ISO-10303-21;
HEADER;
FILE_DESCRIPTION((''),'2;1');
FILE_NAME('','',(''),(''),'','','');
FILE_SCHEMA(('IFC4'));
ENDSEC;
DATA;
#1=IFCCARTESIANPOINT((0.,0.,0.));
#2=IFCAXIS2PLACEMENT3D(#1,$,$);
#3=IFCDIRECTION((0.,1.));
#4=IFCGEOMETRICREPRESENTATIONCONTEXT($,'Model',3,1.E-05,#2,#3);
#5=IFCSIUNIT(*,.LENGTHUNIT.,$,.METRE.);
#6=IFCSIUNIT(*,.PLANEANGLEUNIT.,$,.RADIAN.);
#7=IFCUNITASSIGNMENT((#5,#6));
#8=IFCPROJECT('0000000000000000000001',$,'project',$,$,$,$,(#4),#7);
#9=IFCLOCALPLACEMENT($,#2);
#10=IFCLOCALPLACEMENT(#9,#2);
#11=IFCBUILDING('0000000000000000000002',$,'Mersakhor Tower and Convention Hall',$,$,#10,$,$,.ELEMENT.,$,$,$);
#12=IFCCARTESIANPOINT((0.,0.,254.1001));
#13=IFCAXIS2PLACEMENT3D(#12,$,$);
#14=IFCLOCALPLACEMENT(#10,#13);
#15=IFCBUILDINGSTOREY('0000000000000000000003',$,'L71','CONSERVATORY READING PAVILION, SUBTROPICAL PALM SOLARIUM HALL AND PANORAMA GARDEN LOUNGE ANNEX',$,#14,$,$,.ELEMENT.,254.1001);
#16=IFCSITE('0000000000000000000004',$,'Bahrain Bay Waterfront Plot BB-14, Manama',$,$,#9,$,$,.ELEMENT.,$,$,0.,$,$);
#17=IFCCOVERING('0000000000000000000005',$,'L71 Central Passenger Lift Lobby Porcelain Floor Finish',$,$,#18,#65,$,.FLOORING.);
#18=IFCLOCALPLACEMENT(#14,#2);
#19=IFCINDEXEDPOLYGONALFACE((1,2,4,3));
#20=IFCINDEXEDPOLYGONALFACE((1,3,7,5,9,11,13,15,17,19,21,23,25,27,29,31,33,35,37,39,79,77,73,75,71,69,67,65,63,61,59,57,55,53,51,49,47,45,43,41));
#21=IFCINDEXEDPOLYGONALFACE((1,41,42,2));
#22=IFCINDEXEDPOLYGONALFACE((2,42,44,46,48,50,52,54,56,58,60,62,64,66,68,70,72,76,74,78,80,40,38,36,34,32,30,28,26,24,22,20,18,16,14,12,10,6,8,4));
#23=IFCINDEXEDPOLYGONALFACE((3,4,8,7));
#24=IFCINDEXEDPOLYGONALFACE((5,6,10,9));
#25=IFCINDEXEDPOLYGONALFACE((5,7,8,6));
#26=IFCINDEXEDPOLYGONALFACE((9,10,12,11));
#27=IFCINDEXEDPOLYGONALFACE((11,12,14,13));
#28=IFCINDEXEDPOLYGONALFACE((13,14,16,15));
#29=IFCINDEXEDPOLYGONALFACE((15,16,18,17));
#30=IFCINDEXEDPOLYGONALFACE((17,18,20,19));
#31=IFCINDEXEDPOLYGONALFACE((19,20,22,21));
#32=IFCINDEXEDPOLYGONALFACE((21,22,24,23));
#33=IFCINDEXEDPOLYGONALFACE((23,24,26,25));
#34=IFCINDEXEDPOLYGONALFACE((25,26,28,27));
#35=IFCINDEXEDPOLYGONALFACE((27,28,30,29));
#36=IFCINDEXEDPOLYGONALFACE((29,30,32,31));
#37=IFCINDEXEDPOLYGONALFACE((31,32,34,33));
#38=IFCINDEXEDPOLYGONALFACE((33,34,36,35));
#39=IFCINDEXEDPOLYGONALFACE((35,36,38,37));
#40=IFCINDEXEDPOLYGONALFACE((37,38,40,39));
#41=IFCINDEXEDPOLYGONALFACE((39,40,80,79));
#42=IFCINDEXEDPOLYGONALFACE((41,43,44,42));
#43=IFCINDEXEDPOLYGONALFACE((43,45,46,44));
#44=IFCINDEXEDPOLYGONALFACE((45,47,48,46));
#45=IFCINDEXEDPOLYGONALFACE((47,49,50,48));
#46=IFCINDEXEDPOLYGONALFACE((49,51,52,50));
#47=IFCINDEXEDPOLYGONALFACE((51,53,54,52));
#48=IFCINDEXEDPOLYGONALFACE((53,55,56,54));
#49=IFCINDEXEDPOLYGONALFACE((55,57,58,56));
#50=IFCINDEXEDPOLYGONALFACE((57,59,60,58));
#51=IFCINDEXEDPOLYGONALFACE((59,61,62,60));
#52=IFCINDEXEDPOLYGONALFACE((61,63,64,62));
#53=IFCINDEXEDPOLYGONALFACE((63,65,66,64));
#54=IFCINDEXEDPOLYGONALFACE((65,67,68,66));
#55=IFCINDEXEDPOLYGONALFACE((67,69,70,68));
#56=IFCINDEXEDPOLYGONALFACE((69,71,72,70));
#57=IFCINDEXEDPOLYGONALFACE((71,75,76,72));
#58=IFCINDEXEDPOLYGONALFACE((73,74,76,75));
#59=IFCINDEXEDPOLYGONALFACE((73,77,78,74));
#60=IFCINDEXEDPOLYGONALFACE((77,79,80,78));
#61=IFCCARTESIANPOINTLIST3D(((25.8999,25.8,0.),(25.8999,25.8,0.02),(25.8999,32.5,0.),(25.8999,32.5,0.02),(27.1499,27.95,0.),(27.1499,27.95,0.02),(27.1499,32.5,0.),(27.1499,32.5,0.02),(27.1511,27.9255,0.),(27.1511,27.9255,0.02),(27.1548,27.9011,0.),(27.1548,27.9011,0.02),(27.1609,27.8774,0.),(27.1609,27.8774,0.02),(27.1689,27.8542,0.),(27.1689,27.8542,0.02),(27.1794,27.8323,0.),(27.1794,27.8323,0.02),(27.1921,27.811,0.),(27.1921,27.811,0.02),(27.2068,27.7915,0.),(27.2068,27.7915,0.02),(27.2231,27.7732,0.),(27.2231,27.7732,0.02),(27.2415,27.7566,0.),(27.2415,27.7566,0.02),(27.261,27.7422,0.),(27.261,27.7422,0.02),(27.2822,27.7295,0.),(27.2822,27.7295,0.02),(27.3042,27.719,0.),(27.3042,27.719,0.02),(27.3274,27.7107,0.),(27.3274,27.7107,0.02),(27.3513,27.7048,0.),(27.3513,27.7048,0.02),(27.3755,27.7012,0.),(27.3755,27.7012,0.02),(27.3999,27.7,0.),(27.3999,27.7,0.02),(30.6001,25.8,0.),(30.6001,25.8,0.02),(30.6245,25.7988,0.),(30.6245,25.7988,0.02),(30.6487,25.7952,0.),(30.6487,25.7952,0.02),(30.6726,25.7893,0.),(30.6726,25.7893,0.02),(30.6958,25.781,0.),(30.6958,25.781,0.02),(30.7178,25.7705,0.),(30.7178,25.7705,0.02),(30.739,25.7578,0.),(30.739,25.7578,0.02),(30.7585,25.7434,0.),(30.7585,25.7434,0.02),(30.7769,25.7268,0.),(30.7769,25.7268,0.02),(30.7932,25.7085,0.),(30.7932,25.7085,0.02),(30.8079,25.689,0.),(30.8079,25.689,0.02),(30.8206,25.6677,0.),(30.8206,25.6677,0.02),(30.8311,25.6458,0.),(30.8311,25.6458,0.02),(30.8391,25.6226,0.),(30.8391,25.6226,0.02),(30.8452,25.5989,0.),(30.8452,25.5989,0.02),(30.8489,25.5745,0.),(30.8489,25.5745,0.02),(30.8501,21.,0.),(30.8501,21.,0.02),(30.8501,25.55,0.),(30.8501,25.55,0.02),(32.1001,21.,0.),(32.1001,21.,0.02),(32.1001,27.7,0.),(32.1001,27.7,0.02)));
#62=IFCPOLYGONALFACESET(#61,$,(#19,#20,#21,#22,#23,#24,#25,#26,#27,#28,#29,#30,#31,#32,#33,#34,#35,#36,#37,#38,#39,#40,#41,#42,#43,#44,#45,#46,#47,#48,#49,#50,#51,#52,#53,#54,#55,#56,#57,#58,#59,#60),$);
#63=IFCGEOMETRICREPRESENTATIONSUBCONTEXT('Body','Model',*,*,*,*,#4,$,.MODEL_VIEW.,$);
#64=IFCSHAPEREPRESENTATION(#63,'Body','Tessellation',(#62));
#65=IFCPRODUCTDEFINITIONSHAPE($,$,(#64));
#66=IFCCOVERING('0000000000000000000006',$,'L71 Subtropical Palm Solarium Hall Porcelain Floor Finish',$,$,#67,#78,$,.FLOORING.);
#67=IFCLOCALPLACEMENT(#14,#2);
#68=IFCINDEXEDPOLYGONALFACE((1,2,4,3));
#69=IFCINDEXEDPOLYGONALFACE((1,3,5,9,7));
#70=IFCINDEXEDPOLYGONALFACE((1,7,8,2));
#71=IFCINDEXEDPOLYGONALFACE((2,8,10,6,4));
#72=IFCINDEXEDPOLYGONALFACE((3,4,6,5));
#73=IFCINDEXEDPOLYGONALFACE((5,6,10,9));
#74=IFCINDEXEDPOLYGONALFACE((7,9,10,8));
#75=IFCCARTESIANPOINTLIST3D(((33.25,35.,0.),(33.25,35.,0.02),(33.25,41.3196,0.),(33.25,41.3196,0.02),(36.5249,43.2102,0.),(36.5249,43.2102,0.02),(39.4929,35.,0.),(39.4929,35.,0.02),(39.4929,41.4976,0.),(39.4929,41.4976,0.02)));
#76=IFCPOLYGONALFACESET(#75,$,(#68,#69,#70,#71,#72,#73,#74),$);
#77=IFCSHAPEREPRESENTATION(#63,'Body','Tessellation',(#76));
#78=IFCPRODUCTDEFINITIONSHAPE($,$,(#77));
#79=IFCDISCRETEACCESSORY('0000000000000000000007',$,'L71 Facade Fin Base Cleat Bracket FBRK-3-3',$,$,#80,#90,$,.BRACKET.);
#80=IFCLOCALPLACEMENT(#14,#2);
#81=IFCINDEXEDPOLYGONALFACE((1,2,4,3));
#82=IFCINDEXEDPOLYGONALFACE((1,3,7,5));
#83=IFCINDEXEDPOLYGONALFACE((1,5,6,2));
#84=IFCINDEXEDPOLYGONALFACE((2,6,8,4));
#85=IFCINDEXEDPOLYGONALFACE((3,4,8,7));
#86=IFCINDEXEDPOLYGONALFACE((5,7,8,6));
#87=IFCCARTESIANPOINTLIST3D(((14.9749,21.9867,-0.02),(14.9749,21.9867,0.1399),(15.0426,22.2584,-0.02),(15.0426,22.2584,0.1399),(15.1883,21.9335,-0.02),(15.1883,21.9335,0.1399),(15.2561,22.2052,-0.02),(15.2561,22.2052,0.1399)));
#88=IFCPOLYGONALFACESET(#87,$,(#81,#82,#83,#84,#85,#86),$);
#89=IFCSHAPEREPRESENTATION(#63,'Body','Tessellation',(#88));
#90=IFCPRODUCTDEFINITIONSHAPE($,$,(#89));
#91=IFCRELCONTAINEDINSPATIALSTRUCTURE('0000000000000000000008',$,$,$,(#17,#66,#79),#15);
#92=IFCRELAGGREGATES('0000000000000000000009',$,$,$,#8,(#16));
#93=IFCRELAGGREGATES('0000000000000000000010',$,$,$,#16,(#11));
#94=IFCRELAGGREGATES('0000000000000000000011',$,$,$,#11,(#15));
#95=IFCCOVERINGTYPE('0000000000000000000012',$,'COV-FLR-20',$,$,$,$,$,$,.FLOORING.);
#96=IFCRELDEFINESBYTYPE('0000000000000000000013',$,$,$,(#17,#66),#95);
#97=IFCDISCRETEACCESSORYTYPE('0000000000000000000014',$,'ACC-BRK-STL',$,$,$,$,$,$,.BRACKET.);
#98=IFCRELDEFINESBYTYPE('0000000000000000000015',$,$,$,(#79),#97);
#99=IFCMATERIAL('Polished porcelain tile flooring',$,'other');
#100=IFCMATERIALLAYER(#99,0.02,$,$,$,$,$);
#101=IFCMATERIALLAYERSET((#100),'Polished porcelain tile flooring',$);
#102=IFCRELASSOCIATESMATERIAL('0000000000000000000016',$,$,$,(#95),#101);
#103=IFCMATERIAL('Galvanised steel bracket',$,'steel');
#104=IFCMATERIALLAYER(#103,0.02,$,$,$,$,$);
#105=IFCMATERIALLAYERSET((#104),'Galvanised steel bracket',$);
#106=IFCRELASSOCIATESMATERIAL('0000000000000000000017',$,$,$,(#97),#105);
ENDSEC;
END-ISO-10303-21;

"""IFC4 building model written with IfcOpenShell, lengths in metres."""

from ifc_helpers import new_model, si_unit, direction, frame, origin, origin_2d, place, context, subcontext, project, spatial, polyline, rectangle, outline, extrude, material, layer, layer_set, type_object, element, save


model = new_model("IFC4")

# Units and contexts
model_context = context("Model", 3, precision=1e-05, world=origin(), true_north=direction((0.0, 1.0)))
body_context = subcontext(model_context, "Body", "Model", "MODEL_VIEW")
ifc_project = project(units=[si_unit("LENGTHUNIT", "METRE"), si_unit("PLANEANGLEUNIT", "RADIAN")], contexts=[model_context])

# Site, building, storey
site_placement = place(None, origin())
site = spatial("IfcSite", under=ifc_project, at=site_placement, Name="Bahrain Bay Waterfront Plot BB-14, Manama", CompositionType="ELEMENT", RefElevation=0.0)
building_placement = place(site_placement, origin())
building = spatial("IfcBuilding", under=site, at=building_placement, Name="Mersakhor Tower and Convention Hall", CompositionType="ELEMENT")
storey_placement = place(building_placement, frame((0.0, 0.0, 254.1001)))
storey = spatial("IfcBuildingStorey", under=building, at=storey_placement, Name="L71", Description="CONSERVATORY READING PAVILION, SUBTROPICAL PALM SOLARIUM HALL AND PANORAMA GARDEN LOUNGE ANNEX", CompositionType="ELEMENT", Elevation=254.1001)

# Coverings
ifc_material_1 = material(Name="Polished porcelain tile flooring", Category="other")
ifc_layer_1 = layer(ifc_material_1, 0.02)
ifc_layer_set_1 = layer_set([ifc_layer_1], Name="Polished porcelain tile flooring")
covering_type_1 = type_object("IfcCoveringType", Name="COV-FLR-20", PredefinedType="FLOORING", material=ifc_layer_set_1)
covering_1_placement = place(storey_placement, origin())
element("IfcCovering", 1, at=covering_1_placement, inside=storey, type_object=covering_type_1, Name="L71 Central Passenger Lift Lobby Porcelain Floor Finish", PredefinedType="FLOORING", context=body_context, shape_type="SweptSolid", body=[
    extrude(outline(polyline([(30.8501, 21.0), (30.8501, 25.55), (30.8489, 25.5745), (30.8452, 25.5989), (30.8391, 25.6226), (30.8311, 25.6458), (30.8206, 25.6677), (30.8079, 25.689), (30.7932, 25.7085), (30.7769, 25.7268), (30.7585, 25.7434), (30.739, 25.7578), (30.7178, 25.7705), (30.6958, 25.781), (30.6726, 25.7893), (30.6487, 25.7952), (30.6245, 25.7988), (30.6001, 25.8), (25.8999, 25.8), (25.8999, 32.5), (27.1499, 32.5), (27.1499, 27.95), (27.1511, 27.9255), (27.1548, 27.9011), (27.1609, 27.8774), (27.1689, 27.8542), (27.1794, 27.8323), (27.1921, 27.811), (27.2068, 27.7915), (27.2231, 27.7732), (27.2415, 27.7566), (27.261, 27.7422), (27.2822, 27.7295), (27.3042, 27.719), (27.3274, 27.7107), (27.3513, 27.7048), (27.3755, 27.7012), (27.3999, 27.7), (32.1001, 27.7), (32.1001, 21.0), (30.8501, 21.0)])), origin(), (0.0, 0.0, 1.0), 0.02),
])
covering_2_placement = place(storey_placement, origin())
element("IfcCovering", 2, at=covering_2_placement, inside=storey, type_object=covering_type_1, Name="L71 Subtropical Palm Solarium Hall Porcelain Floor Finish", PredefinedType="FLOORING", context=body_context, shape_type="SweptSolid", body=[
    extrude(outline(polyline([(39.4929, 35.0), (33.25, 35.0), (33.25, 41.3196), (36.5249, 43.2102), (39.4929, 41.4976), (39.4929, 35.0)])), origin(), (0.0, 0.0, 1.0), 0.02),
])

# Discrete accessory
ifc_material_2 = material(Name="Galvanised steel bracket", Category="steel")
ifc_layer_2 = layer(ifc_material_2, 0.02)
ifc_layer_set_2 = layer_set([ifc_layer_2], Name="Galvanised steel bracket")
discrete_accessory_type = type_object("IfcDiscreteAccessoryType", Name="ACC-BRK-STL", PredefinedType="BRACKET", material=ifc_layer_set_2)
discrete_accessory_placement = place(storey_placement, frame((15.1155, 22.0959, -0.02), z_axis=(0.0, 0.0, 1.0), x_axis=(-0.241922, -0.970296, 0.0)))
element("IfcDiscreteAccessory", 3, at=discrete_accessory_placement, inside=storey, type_object=discrete_accessory_type, Name="L71 Facade Fin Base Cleat Bracket FBRK-3-3", PredefinedType="BRACKET", context=body_context, shape_type="SweptSolid", body=[
    extrude(rectangle(XDim=0.28, YDim=0.22, at=origin_2d()), origin(), (0.0, 0.0, 1.0), 0.1599),
])

save(model, "model.ifc")
